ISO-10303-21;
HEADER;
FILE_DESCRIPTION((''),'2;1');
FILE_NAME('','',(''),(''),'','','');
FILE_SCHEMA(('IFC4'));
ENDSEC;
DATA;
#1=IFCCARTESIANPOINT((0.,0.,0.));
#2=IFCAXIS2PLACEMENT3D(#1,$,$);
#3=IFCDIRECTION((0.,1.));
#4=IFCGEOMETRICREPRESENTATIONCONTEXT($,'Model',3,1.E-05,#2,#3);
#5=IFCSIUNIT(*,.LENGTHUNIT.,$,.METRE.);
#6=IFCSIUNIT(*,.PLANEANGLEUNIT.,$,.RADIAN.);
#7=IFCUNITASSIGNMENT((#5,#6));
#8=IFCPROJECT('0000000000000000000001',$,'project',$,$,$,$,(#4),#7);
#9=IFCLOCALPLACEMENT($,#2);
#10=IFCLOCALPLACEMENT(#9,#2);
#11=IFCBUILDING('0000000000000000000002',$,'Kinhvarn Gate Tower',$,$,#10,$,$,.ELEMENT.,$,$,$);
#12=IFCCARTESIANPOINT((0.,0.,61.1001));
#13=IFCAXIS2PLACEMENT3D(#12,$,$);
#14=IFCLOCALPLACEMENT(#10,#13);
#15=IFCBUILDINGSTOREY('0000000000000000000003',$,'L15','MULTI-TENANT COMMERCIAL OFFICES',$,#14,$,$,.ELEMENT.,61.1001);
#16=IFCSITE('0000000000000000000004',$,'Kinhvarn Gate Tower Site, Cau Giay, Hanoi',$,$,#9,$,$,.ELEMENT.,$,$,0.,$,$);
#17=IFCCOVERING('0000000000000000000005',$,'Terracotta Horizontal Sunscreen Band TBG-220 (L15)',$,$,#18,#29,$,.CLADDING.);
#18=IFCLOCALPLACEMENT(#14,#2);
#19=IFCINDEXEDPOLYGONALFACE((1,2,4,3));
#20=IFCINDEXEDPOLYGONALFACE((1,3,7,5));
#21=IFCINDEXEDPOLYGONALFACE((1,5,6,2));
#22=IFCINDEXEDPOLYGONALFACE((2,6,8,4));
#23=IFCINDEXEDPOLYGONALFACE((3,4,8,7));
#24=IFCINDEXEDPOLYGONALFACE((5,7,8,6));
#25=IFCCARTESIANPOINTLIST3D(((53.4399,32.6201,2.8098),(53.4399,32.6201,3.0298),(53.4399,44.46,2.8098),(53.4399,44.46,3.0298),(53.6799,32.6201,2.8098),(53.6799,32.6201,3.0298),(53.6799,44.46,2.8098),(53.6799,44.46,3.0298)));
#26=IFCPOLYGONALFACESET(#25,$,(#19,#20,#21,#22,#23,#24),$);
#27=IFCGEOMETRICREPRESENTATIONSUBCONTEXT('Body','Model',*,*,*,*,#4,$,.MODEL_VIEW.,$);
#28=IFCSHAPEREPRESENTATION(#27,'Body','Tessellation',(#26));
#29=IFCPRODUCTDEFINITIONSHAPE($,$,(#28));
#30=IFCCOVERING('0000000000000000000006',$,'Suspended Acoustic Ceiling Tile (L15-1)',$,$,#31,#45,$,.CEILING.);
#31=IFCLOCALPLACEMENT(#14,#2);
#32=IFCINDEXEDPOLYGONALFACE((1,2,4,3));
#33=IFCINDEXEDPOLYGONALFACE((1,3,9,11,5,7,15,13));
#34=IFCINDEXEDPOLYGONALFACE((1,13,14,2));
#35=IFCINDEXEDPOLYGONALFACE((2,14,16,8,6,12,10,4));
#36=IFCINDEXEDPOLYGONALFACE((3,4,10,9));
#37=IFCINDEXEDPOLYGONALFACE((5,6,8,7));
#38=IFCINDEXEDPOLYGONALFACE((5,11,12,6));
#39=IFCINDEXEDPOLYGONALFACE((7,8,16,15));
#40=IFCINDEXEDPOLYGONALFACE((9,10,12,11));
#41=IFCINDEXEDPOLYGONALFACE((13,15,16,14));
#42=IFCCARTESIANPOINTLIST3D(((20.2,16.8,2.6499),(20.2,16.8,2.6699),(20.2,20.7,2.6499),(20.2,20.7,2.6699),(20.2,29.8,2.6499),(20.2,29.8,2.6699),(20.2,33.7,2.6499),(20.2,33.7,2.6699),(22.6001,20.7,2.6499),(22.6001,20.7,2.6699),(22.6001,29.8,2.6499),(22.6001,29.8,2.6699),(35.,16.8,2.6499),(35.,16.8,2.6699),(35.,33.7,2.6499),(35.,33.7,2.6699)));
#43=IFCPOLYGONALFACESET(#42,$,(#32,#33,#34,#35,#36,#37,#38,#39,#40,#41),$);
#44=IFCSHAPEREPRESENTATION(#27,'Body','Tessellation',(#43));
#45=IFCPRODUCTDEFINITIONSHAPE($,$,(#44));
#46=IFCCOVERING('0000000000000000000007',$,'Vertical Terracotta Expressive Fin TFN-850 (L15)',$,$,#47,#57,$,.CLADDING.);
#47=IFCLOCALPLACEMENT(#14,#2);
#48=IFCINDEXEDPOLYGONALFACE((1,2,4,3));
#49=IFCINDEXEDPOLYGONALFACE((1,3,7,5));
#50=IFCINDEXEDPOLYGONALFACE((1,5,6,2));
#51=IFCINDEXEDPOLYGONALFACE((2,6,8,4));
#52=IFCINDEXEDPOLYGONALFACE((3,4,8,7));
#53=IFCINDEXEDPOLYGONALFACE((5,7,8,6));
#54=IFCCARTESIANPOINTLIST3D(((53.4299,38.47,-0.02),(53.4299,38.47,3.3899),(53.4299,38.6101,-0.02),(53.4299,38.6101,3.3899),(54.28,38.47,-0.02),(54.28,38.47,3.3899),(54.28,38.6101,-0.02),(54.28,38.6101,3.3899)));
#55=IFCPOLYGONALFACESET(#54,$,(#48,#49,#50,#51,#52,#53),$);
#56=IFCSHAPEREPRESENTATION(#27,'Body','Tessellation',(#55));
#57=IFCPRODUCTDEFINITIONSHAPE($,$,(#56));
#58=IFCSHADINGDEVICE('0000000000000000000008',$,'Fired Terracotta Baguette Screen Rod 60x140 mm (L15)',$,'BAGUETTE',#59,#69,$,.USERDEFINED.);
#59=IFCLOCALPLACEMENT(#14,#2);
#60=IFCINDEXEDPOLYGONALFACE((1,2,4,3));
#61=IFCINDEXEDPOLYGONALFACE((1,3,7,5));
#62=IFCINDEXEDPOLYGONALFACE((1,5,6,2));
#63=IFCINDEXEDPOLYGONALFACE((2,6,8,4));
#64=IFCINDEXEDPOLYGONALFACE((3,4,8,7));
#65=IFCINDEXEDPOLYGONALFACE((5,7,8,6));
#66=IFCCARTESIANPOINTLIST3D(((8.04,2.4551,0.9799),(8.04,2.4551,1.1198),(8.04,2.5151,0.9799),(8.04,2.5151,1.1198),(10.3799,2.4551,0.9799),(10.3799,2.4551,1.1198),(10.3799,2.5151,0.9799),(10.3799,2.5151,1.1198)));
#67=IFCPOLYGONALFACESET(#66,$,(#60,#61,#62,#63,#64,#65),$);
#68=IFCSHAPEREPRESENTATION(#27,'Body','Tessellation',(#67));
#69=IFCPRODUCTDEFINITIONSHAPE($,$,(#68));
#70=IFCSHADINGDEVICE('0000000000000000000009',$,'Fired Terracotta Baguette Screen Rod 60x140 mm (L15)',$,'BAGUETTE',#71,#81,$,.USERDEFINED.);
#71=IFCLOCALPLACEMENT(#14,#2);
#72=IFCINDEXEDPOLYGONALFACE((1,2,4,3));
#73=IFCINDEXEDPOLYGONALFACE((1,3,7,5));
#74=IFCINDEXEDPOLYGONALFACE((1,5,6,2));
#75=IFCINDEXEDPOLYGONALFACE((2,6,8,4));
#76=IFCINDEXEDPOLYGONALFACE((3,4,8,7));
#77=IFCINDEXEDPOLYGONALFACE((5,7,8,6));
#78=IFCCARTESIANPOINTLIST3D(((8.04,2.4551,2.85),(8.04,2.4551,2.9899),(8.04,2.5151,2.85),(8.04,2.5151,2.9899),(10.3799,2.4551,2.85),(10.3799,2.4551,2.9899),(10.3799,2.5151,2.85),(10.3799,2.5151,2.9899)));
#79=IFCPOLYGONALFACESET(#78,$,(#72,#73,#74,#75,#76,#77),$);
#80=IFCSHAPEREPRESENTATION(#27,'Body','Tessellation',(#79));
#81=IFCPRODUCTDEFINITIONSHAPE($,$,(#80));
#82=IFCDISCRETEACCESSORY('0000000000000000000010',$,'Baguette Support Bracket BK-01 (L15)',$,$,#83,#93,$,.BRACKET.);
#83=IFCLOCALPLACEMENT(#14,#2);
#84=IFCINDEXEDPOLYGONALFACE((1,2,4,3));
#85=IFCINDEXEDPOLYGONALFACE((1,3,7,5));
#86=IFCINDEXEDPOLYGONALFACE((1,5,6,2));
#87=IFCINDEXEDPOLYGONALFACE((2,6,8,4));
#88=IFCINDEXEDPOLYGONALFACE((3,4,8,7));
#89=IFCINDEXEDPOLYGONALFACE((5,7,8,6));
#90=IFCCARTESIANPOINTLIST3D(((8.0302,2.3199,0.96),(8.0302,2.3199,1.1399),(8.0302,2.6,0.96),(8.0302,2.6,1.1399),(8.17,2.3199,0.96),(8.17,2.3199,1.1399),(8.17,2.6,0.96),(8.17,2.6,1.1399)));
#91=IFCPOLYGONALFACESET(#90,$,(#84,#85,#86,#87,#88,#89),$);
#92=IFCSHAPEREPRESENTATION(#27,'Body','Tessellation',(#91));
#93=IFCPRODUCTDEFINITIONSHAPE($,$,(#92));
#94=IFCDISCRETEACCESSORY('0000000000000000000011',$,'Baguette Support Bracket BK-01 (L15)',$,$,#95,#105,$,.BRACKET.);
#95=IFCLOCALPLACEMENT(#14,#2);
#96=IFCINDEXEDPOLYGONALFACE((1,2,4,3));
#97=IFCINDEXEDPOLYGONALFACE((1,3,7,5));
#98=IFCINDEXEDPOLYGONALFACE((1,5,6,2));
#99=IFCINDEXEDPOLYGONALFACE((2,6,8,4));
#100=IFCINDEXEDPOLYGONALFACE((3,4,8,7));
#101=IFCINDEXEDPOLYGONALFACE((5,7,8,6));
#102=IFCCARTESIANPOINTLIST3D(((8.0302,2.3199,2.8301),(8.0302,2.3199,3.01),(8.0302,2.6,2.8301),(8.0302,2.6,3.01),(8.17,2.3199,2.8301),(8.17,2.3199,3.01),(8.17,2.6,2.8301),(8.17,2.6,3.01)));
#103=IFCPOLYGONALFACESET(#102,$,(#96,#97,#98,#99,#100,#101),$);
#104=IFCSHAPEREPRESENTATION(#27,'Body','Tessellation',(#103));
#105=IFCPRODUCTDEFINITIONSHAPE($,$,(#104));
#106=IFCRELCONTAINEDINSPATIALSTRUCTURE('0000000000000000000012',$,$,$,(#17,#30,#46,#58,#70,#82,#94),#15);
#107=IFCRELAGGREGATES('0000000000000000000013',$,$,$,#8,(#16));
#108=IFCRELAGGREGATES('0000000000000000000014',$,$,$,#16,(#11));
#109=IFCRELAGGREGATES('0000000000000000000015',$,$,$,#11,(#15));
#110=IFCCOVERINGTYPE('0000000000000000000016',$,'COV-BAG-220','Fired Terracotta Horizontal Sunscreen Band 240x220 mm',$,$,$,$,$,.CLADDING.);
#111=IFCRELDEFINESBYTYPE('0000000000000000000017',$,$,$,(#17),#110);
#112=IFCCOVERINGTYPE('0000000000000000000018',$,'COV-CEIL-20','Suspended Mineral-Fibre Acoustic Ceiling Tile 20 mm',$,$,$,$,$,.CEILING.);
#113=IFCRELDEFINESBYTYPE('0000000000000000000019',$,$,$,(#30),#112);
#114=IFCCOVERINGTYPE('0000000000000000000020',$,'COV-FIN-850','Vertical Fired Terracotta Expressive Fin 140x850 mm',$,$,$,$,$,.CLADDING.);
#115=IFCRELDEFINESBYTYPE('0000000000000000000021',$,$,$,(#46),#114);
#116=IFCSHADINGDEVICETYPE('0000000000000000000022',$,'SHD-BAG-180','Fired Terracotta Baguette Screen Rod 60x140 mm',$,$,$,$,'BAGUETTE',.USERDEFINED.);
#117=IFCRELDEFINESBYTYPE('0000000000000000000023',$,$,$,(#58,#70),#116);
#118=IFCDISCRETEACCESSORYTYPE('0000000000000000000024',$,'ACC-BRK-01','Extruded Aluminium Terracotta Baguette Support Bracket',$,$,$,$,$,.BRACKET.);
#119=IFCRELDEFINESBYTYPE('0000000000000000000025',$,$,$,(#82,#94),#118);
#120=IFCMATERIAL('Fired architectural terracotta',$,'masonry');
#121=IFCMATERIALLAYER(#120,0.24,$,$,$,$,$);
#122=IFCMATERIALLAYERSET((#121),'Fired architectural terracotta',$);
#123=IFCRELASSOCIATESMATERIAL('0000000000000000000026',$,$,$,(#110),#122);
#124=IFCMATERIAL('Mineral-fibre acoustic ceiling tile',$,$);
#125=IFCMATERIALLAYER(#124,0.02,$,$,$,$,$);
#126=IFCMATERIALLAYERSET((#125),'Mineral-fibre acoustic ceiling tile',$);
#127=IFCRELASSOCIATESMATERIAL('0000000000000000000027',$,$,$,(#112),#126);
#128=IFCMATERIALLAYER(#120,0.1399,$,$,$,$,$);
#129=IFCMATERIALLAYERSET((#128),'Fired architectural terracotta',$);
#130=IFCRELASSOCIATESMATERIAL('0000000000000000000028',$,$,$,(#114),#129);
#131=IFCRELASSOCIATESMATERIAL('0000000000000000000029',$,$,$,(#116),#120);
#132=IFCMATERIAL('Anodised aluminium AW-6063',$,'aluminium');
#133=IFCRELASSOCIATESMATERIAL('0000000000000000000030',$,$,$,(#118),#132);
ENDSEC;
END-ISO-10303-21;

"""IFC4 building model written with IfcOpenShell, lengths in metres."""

from ifc_helpers import new_model, si_unit, direction, frame, origin, origin_2d, place, context, subcontext, project, spatial, polyline, rectangle, outline, extrude, material, layer, layer_set, material_profile, profile_set, type_object, element, save


model = new_model("IFC4")

# Units and contexts
model_context = context("Model", 3, precision=1e-05, world=origin(), true_north=direction((0.0, 1.0)))
body_context = subcontext(model_context, "Body", "Model", "MODEL_VIEW")
ifc_project = project(units=[si_unit("LENGTHUNIT", "METRE"), si_unit("PLANEANGLEUNIT", "RADIAN")], contexts=[model_context])

# Site, building, storey
site_placement = place(None, origin())
site = spatial("IfcSite", under=ifc_project, at=site_placement, Name="Kinhvarn Gate Tower Site, Cau Giay, Hanoi", CompositionType="ELEMENT", RefElevation=0.0)
building_placement = place(site_placement, origin())
building = spatial("IfcBuilding", under=site, at=building_placement, Name="Kinhvarn Gate Tower", CompositionType="ELEMENT")
storey_placement = place(building_placement, frame((0.0, 0.0, 61.1001)))
storey = spatial("IfcBuildingStorey", under=building, at=storey_placement, Name="L15", Description="MULTI-TENANT COMMERCIAL OFFICES", CompositionType="ELEMENT", Elevation=61.1001)

# Shared definitions
ifc_material_1 = material(Name="Anodised aluminium AW-6063", Category="aluminium")

# Shared definitions
ifc_material_2 = material(Name="Fired architectural terracotta", Category="masonry")

# Coverings
ifc_layer_1 = layer(ifc_material_2, 0.24)
ifc_layer_set_1 = layer_set([ifc_layer_1], Name="Fired architectural terracotta")
covering_type_1 = type_object("IfcCoveringType", Name="COV-BAG-220", Description="Fired Terracotta Horizontal Sunscreen Band 240x220 mm", PredefinedType="CLADDING", material=ifc_layer_set_1)
for number, where, name in (
    (1, (0.0, 0.0, 2.8098), "Terracotta Horizontal Sunscreen Band TBG-220 (L15)"),
):
    element("IfcCovering", number, at=place(storey_placement, frame(where)), inside=storey, type_object=covering_type_1, Name=name, PredefinedType="CLADDING", context=body_context, shape_type="SweptSolid", body=[
        extrude(outline(polyline([(53.4399, 32.6201), (53.4399, 44.46), (53.6799, 44.46), (53.6799, 32.6201), (53.4399, 32.6201)])), origin(), (0.0, 0.0, 1.0), 0.22),
    ])
ifc_material_3 = material(Name="Mineral-fibre acoustic ceiling tile")
ifc_layer_2 = layer(ifc_material_3, 0.02)
ifc_layer_set_2 = layer_set([ifc_layer_2], Name="Mineral-fibre acoustic ceiling tile")
covering_type_2 = type_object("IfcCoveringType", Name="COV-CEIL-20", Description="Suspended Mineral-Fibre Acoustic Ceiling Tile 20 mm", PredefinedType="CEILING", material=ifc_layer_set_2)
covering_1_placement = place(storey_placement, frame((0.0, 0.0, 2.6499)))
element("IfcCovering", 2, at=covering_1_placement, inside=storey, type_object=covering_type_2, Name="Suspended Acoustic Ceiling Tile (L15-1)", PredefinedType="CEILING", context=body_context, shape_type="SweptSolid", body=[
    extrude(outline(polyline([(35.0, 33.7), (35.0, 16.8), (20.2, 16.8), (20.2, 20.7), (22.6001, 20.7), (22.6001, 29.8), (20.2, 29.8), (20.2, 33.7), (35.0, 33.7)])), origin(), (0.0, 0.0, 1.0), 0.02),
])
ifc_layer_3 = layer(ifc_material_2, 0.1399)
ifc_layer_set_3 = layer_set([ifc_layer_3], Name="Fired architectural terracotta")
covering_type_3 = type_object("IfcCoveringType", Name="COV-FIN-850", Description="Vertical Fired Terracotta Expressive Fin 140x850 mm", PredefinedType="CLADDING", material=ifc_layer_set_3)
covering_2_placement = place(storey_placement, frame((0.0, 0.0, -0.02)))
element("IfcCovering", 3, at=covering_2_placement, inside=storey, type_object=covering_type_3, Name="Vertical Terracotta Expressive Fin TFN-850 (L15)", PredefinedType="CLADDING", context=body_context, shape_type="SweptSolid", body=[
    extrude(outline(polyline([(53.4299, 38.47), (53.4299, 38.6101), (54.28, 38.6101), (54.28, 38.47), (53.4299, 38.47)])), origin(), (0.0, 0.0, 1.0), 3.4099),
])

# Shading devices
ifc_material_profile_1 = material_profile(ifc_material_2, rectangle(XDim=0.0601, YDim=0.1399, at=origin_2d()), Name="TC 60x140")
ifc_profile_set_1 = profile_set([ifc_material_profile_1], Name="Fired architectural terracotta")
shading_device_type = type_object("IfcShadingDeviceType", Name="SHD-BAG-180", Description="Fired Terracotta Baguette Screen Rod 60x140 mm", ElementType="BAGUETTE", PredefinedType="USERDEFINED", material=ifc_profile_set_1)
for number, where, z_axis, x_axis, name in (
    (4, (8.04, 2.4851, 1.0498), (1.0, 0.0, 0.0), (0.0, 1.0, 0.0), "Fired Terracotta Baguette Screen Rod 60x140 mm (L15)"),
    (5, (8.04, 2.4851, 2.9199), (1.0, 0.0, 0.0), (0.0, 1.0, 0.0), "Fired Terracotta Baguette Screen Rod 60x140 mm (L15)"),
):
    element("IfcShadingDevice", number, at=place(storey_placement, frame(where, z_axis=z_axis, x_axis=x_axis)), inside=storey, type_object=shading_device_type, Name=name, ObjectType="BAGUETTE", PredefinedType="USERDEFINED", context=body_context, shape_type="SweptSolid", body=[
        extrude(rectangle(XDim=0.0601, YDim=0.1399, at=origin_2d()), origin(), (0.0, 0.0, 1.0), 2.3398),
    ])

# Discrete accessories
discrete_accessory_type = type_object("IfcDiscreteAccessoryType", Name="ACC-BRK-01", Description="Extruded Aluminium Terracotta Baguette Support Bracket", PredefinedType="BRACKET", material=ifc_material_1)
for number, where, z_axis, x_axis, name in (
    (6, (8.1001, 2.46, 0.96), (0.0, 0.0, 1.0), (1.0, 0.0, 0.0), "Baguette Support Bracket BK-01 (L15)"),
    (7, (8.1001, 2.46, 2.8301), (0.0, 0.0, 1.0), (1.0, 0.0, 0.0), "Baguette Support Bracket BK-01 (L15)"),
):
    element("IfcDiscreteAccessory", number, at=place(storey_placement, frame(where, z_axis=z_axis, x_axis=x_axis)), inside=storey, type_object=discrete_accessory_type, Name=name, PredefinedType="BRACKET", context=body_context, shape_type="SweptSolid", body=[
        extrude(rectangle(XDim=0.1399, YDim=0.28, at=origin_2d()), origin(), (0.0, 0.0, 1.0), 0.1799),
    ])

save(model, "model.ifc")
